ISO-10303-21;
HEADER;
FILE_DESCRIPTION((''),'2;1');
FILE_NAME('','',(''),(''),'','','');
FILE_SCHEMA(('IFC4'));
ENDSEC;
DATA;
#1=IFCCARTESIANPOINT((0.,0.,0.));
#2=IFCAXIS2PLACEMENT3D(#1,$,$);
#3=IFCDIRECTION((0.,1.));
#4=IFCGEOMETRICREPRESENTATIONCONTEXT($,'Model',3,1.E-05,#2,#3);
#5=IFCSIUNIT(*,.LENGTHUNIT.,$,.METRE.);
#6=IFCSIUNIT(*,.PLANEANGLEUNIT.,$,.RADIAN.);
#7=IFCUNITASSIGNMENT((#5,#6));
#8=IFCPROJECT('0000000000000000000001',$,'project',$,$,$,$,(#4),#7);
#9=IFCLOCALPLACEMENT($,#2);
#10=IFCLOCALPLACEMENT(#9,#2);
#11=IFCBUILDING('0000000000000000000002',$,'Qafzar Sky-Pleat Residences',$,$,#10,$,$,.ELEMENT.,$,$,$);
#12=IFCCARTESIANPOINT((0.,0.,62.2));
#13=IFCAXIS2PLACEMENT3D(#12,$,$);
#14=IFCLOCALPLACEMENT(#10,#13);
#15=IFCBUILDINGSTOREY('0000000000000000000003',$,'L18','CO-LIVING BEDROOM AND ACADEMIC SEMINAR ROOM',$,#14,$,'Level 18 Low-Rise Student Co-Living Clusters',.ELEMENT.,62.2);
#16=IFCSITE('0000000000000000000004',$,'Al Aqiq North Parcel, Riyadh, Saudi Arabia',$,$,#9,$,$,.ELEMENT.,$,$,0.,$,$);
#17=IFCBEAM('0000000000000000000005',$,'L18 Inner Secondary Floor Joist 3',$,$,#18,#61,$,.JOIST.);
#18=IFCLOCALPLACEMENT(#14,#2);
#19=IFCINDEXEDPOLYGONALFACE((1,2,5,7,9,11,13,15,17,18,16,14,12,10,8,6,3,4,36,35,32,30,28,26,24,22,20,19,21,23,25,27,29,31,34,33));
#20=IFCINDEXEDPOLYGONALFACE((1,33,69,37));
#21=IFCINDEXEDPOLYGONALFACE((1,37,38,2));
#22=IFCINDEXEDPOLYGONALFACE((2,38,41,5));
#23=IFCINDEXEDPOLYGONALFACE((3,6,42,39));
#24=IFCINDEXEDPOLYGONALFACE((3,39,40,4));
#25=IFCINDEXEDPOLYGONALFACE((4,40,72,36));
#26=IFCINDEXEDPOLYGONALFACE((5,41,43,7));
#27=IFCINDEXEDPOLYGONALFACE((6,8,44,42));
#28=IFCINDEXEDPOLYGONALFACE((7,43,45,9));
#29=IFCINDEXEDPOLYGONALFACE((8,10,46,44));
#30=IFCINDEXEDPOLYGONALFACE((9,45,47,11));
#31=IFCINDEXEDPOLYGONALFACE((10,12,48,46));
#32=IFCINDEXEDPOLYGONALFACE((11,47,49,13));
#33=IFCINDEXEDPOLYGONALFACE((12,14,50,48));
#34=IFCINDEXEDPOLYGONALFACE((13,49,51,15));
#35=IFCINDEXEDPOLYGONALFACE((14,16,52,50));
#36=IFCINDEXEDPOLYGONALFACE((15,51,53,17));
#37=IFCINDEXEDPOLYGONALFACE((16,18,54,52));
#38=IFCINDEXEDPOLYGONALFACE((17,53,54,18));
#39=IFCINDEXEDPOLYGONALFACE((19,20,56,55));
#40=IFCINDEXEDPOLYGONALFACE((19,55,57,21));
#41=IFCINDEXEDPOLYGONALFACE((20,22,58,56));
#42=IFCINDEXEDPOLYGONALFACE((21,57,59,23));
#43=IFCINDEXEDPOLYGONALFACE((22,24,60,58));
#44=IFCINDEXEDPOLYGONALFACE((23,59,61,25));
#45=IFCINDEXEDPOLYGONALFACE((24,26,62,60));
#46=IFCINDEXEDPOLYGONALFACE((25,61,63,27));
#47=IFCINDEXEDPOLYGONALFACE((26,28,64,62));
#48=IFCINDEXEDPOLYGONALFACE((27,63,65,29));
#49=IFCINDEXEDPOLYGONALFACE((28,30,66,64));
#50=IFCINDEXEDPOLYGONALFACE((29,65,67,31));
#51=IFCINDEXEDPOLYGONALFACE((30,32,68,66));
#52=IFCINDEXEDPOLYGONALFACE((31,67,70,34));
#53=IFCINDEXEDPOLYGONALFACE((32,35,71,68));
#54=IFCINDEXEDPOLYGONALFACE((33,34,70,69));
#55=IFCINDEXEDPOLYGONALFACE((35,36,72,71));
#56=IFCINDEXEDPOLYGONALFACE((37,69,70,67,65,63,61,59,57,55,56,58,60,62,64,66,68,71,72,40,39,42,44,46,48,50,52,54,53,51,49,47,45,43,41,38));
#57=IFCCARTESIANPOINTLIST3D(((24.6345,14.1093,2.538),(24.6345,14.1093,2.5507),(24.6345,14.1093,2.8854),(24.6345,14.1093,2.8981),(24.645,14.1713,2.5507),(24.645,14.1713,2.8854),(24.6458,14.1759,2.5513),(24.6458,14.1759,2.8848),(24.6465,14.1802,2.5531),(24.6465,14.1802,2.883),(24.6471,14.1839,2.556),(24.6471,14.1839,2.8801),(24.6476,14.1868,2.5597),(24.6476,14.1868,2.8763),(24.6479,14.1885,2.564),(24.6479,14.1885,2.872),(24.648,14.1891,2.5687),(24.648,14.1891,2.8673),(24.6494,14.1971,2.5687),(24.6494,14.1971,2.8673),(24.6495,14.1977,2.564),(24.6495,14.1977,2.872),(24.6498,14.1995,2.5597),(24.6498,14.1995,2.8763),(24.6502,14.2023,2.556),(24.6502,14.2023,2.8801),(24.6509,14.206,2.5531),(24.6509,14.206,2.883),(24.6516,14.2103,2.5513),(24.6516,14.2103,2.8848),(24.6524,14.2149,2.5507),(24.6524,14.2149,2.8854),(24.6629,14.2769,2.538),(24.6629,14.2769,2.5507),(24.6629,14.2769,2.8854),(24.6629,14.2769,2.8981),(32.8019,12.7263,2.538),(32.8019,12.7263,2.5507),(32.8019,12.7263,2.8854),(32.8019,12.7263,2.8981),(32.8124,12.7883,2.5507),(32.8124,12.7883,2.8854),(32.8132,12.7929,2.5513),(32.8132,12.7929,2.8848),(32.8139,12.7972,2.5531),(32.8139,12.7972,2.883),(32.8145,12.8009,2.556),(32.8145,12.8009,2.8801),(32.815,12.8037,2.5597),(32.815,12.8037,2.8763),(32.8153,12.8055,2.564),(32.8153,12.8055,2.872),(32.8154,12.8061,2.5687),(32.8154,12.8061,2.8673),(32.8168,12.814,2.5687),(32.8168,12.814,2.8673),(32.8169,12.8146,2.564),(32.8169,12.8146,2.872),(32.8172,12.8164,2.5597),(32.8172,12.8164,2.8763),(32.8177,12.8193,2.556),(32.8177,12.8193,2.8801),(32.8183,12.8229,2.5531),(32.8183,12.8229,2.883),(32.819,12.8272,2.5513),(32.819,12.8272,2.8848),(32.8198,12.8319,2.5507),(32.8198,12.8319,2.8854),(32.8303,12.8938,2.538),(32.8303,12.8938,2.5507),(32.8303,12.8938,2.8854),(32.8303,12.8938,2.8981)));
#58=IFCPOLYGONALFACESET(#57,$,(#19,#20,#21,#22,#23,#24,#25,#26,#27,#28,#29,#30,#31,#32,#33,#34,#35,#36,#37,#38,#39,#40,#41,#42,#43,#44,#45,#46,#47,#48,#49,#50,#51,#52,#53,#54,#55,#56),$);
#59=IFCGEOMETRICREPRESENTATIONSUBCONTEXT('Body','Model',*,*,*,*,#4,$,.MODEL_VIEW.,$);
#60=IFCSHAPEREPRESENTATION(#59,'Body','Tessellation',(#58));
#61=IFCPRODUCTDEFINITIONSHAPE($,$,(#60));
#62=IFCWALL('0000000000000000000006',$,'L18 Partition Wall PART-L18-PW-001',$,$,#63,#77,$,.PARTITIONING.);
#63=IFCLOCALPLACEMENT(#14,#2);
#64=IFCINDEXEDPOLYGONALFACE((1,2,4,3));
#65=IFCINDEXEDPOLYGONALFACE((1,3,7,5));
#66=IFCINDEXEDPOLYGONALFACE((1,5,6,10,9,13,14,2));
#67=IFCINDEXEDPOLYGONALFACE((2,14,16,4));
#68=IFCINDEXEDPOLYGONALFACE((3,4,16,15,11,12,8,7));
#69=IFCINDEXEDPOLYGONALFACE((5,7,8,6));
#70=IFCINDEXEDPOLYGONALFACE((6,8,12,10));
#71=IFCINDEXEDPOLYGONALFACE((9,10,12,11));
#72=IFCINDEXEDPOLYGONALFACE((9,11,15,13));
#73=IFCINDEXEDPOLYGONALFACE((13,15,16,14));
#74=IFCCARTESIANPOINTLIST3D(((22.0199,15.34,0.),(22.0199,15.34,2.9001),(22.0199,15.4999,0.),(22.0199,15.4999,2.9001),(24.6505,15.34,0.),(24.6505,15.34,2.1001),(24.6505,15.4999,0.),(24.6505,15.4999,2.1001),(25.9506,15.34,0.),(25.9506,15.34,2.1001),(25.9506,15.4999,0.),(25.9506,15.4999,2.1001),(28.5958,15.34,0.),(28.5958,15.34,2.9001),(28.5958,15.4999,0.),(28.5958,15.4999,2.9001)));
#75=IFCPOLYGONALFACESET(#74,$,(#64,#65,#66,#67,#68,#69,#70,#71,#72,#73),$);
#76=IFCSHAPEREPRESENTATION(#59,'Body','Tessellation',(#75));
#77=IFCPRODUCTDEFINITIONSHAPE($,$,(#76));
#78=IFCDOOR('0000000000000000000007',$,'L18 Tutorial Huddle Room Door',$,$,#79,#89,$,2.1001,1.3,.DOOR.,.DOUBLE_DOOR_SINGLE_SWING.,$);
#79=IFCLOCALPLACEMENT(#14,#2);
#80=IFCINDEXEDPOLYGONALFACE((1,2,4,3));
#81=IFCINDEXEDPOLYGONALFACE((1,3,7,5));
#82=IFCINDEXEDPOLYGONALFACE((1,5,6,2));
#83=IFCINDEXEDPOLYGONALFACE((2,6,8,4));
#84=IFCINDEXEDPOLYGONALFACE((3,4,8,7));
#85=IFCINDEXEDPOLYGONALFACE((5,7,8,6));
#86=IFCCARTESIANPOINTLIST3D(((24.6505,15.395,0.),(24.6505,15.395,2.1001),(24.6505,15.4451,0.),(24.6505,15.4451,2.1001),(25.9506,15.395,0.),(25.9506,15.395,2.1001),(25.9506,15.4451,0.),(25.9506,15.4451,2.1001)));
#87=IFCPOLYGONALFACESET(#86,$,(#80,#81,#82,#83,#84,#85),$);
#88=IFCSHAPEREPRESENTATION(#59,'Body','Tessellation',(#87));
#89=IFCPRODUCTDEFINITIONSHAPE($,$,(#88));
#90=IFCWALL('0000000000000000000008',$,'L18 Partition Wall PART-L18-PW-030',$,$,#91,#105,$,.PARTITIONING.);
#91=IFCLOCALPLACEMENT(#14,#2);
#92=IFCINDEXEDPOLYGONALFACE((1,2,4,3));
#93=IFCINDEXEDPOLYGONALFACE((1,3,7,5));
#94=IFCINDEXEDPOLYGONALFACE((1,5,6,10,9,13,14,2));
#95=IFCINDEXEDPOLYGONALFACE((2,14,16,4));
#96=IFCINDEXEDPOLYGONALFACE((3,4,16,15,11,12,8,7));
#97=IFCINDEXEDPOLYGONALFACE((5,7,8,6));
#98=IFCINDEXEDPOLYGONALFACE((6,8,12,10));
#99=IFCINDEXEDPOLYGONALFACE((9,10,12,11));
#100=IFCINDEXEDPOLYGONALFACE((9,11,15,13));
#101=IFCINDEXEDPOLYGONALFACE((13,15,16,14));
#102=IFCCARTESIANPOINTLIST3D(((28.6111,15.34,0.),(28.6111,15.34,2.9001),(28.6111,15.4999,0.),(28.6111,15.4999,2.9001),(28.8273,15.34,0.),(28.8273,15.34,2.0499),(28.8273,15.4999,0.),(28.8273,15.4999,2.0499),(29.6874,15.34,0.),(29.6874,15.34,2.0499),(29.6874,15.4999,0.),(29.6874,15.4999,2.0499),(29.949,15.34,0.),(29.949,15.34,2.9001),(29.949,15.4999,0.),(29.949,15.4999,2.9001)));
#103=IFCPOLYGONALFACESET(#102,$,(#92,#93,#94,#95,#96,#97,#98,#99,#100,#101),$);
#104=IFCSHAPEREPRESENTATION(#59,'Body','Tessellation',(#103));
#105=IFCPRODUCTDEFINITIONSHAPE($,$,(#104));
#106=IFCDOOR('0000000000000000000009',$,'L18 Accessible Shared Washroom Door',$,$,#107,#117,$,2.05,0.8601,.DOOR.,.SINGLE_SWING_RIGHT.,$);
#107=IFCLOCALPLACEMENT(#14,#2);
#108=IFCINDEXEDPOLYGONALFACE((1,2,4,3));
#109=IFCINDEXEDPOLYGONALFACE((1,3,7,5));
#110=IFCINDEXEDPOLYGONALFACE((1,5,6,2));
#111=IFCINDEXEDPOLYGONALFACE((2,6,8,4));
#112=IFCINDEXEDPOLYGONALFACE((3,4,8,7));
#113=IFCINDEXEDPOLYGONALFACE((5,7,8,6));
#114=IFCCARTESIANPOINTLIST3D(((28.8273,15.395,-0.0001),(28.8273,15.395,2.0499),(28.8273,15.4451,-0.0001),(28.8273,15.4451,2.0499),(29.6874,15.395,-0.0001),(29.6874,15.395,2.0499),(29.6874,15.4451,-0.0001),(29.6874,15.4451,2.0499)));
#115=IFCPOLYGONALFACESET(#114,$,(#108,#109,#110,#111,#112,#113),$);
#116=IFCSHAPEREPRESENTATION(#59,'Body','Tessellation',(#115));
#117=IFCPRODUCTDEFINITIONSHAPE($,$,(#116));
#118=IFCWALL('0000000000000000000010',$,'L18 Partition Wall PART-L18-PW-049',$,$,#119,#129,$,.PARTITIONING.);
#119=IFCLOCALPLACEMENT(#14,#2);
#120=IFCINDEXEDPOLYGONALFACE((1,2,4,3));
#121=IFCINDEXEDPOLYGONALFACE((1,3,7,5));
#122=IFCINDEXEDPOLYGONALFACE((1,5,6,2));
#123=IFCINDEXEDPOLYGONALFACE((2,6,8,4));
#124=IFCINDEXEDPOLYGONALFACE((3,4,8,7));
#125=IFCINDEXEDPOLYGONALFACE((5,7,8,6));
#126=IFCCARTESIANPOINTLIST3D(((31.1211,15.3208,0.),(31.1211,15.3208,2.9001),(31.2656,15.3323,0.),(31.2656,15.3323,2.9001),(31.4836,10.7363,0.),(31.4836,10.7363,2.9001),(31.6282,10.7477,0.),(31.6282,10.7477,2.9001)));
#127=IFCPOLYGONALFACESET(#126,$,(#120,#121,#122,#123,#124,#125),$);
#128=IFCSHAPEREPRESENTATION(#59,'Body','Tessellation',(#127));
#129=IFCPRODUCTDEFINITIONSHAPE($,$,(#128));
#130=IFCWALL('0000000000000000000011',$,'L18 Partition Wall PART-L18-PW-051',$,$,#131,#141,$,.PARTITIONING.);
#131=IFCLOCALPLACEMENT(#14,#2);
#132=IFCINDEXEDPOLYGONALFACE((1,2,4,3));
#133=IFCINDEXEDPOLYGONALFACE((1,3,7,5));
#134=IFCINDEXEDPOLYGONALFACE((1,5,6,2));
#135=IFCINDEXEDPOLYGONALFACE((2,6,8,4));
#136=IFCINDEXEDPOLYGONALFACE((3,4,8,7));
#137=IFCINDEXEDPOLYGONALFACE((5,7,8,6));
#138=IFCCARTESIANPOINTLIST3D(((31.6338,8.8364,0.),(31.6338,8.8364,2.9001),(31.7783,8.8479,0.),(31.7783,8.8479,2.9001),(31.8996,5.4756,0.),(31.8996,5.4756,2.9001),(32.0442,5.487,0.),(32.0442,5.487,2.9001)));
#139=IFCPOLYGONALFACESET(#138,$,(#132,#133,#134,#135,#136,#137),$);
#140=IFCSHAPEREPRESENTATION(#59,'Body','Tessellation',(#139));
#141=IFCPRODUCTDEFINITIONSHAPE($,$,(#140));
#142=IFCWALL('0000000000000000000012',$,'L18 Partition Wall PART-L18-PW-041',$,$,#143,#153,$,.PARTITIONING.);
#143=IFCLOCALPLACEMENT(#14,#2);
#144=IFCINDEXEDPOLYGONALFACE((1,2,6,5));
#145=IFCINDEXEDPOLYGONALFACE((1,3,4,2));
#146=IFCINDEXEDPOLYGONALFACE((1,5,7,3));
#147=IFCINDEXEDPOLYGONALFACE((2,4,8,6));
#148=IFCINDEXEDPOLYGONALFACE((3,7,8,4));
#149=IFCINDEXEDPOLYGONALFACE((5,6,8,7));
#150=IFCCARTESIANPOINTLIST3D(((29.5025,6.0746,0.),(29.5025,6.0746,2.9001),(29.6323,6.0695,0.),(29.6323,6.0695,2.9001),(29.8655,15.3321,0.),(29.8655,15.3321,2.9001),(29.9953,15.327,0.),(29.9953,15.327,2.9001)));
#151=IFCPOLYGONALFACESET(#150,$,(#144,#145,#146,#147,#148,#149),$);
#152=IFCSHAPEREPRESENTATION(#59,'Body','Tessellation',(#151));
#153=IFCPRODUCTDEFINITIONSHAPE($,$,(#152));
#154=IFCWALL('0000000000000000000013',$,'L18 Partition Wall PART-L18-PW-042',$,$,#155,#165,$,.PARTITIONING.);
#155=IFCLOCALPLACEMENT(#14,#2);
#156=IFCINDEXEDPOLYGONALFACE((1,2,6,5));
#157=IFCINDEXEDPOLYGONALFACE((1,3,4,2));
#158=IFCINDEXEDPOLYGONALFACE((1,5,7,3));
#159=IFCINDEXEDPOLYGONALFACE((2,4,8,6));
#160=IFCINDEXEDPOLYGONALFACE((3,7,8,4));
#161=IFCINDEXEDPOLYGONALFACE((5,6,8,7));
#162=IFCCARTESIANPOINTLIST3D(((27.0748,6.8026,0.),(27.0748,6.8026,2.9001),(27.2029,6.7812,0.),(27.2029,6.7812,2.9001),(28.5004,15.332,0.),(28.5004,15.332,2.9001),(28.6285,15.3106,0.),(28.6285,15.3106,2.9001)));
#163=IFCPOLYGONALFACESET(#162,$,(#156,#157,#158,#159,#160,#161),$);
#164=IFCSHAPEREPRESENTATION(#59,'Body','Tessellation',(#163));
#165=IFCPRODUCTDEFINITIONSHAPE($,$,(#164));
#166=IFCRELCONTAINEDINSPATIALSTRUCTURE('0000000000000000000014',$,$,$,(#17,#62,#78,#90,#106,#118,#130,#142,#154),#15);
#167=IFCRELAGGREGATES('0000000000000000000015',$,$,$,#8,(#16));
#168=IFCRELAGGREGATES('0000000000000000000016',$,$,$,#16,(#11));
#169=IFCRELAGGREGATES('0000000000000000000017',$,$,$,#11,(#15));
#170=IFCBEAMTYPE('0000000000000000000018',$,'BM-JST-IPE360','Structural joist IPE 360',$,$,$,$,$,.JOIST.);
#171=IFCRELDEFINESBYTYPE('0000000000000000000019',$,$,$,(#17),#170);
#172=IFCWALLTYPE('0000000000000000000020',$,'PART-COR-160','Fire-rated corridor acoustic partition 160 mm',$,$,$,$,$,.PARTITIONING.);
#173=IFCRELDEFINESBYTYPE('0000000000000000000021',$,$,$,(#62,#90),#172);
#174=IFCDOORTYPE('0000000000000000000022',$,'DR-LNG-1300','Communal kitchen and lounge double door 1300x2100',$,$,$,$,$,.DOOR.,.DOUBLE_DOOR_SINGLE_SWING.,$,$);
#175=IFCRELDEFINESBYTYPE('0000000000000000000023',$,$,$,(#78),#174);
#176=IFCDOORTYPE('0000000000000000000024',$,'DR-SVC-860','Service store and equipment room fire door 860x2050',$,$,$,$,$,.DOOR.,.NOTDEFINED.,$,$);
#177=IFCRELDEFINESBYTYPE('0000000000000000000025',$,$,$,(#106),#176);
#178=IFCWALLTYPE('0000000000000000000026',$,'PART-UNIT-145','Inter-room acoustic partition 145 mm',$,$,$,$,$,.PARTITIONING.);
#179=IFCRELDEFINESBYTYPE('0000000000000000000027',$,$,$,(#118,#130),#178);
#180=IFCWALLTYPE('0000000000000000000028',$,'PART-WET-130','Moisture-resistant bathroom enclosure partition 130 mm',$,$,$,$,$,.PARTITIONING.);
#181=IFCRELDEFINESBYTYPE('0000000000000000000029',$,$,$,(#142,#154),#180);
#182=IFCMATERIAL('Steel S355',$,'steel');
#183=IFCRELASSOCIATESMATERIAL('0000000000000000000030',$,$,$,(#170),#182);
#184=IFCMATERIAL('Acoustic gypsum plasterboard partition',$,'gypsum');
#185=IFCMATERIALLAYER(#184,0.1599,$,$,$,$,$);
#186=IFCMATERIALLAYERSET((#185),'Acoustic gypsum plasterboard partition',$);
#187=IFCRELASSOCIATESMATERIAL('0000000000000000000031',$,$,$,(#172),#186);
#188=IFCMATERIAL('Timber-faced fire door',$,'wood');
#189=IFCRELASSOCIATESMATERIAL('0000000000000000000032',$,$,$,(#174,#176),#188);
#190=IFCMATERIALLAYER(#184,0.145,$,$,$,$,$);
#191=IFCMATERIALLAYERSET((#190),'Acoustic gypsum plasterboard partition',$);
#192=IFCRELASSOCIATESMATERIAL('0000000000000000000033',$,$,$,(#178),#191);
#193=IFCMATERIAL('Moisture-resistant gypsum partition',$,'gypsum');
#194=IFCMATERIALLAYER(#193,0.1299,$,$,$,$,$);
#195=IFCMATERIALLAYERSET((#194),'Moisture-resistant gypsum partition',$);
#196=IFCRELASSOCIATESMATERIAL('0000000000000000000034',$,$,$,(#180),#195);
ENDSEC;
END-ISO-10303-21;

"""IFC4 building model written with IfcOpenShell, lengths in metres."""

from ifc_helpers import new_model, si_unit, direction, frame, frame_2d, origin, origin_2d, place, context, subcontext, project, spatial, rectangle, i_section, extrude, source, transform, mapped, material, layer, layer_set, material_profile, profile_set, type_object, element, fill, save


model = new_model("IFC4")

# Units and contexts
model_context = context("Model", 3, precision=1e-05, world=origin(), true_north=direction((0.0, 1.0)))
body_context = subcontext(model_context, "Body", "Model", "MODEL_VIEW")
ifc_project = project(units=[si_unit("LENGTHUNIT", "METRE"), si_unit("PLANEANGLEUNIT", "RADIAN")], contexts=[model_context])

# Site, building, storey
site_placement = place(None, origin())
site = spatial("IfcSite", under=ifc_project, at=site_placement, Name="Al Aqiq North Parcel, Riyadh, Saudi Arabia", CompositionType="ELEMENT", RefElevation=0.0)
building_placement = place(site_placement, origin())
building = spatial("IfcBuilding", under=site, at=building_placement, Name="Qafzar Sky-Pleat Residences", CompositionType="ELEMENT")
storey_placement = place(building_placement, frame((0.0, 0.0, 62.2)))
storey = spatial("IfcBuildingStorey", under=building, at=storey_placement, Name="L18", Description="CO-LIVING BEDROOM AND ACADEMIC SEMINAR ROOM", LongName="Level 18 Low-Rise Student Co-Living Clusters", CompositionType="ELEMENT", Elevation=62.2)

# Beam
ifc_material_1 = material(Name="Steel S355", Category="steel")
ifc_material_profile_1 = material_profile(ifc_material_1, i_section(OverallWidth=0.1699, OverallDepth=0.3601, WebThickness=0.0081, FlangeThickness=0.0127, FilletRadius=0.0181, at=origin_2d()), Name="IPE 360")
ifc_profile_set_1 = profile_set([ifc_material_profile_1], Name="Steel S355")
beam_type_1 = type_object("IfcBeamType", Name="BM-JST-IPE360", Description="Structural joist IPE 360", PredefinedType="JOIST", material=ifc_profile_set_1)
shared_shape_1 = source(origin(), body_context, "Body", "SweptSolid", [
    extrude(i_section(OverallWidth=0.1699, OverallDepth=0.3601, WebThickness=0.0081, FlangeThickness=0.0127, FilletRadius=0.0181, at=origin_2d()), origin(), (0.0, 0.0, 1.0), 8.2837),
])
beam_1_placement = place(storey_placement, frame((24.6487, 14.1931, 2.718), z_axis=(0.985964, -0.16696, 0.0), x_axis=(0.16696, 0.985964, 0.0)))
element("IfcBeam", 1, at=beam_1_placement, inside=storey, type_object=beam_type_1, Name="L18 Inner Secondary Floor Joist 3", PredefinedType="JOIST", context=body_context, shape_type="MappedRepresentation", body=[
    mapped(shared_shape_1, transform((0.0, 0.0, 0.0), x_axis=(1.0, 0.0, 0.0), y_axis=(0.0, 1.0, 0.0), z_axis=(0.0, 0.0, 1.0), scale=1.0)),
])

# Walls, openings, doors
ifc_material_2 = material(Name="Acoustic gypsum plasterboard partition", Category="gypsum")
ifc_layer_1 = layer(ifc_material_2, 0.1599)
ifc_layer_set_1 = layer_set([ifc_layer_1], Name="Acoustic gypsum plasterboard partition")
wall_type_1 = type_object("IfcWallType", Name="PART-COR-160", Description="Fire-rated corridor acoustic partition 160 mm", PredefinedType="PARTITIONING", material=ifc_layer_set_1)
wall_1_placement = place(storey_placement, frame((28.5959, 15.4199, 0.0), z_axis=(0.0, 0.0, 1.0), x_axis=(-1.0, 0.0, 0.0)))
wall_1 = element("IfcWall", 2, at=wall_1_placement, inside=storey, type_object=wall_type_1, Name="L18 Partition Wall PART-L18-PW-001", PredefinedType="PARTITIONING", context=body_context, shape_type="SweptSolid", body=[
    extrude(rectangle(XDim=6.5759, YDim=0.1599, at=frame_2d((3.2881, 0.0))), origin(), (0.0, 0.0, 1.0), 2.9001),
])
opening_1_placement = place(wall_1_placement, frame((2.6455, 0.0, 0.0)))
opening_1 = element("IfcOpeningElement", 3, at=opening_1_placement, cuts=wall_1, PredefinedType="OPENING", context=body_context, shape_type="SweptSolid", body=[
    extrude(rectangle(XDim=1.3, YDim=2.1001, at=frame_2d((0.6499, 1.05))), frame((0.0, 0.0898, 0.0), z_axis=(0.0, -1.0, 0.0), x_axis=(1.0, 0.0, 0.0)), (0.0, 0.0, 1.0), 0.1799),
])
ifc_material_3 = material(Name="Timber-faced fire door", Category="wood")
door_type_1 = type_object("IfcDoorType", Name="DR-LNG-1300", Description="Communal kitchen and lounge double door 1300x2100", OperationType="DOUBLE_DOOR_SINGLE_SWING", PredefinedType="DOOR", material=ifc_material_3)
shared_shape_2 = source(origin(), body_context, "Body", "SweptSolid", [
    extrude(rectangle(XDim=1.3, YDim=2.1001, at=frame_2d((0.6499, 1.05))), frame((0.0, 0.0249, 0.0), z_axis=(0.0, -1.0, 0.0), x_axis=(1.0, 0.0, 0.0)), (0.0, 0.0, 1.0), 0.05),
])
door_1_placement = place(opening_1_placement, origin())
door_1 = element("IfcDoor", 4, at=door_1_placement, inside=storey, type_object=door_type_1, Name="L18 Tutorial Huddle Room Door", OperationType="DOUBLE_DOOR_SINGLE_SWING", OverallHeight=2.1001, OverallWidth=1.3, PredefinedType="DOOR", context=body_context, shape_type="MappedRepresentation", body=[
    mapped(shared_shape_2, transform((0.0, 0.0, 0.0), x_axis=(1.0, 0.0, 0.0), y_axis=(0.0, 1.0, 0.0), z_axis=(0.0, 0.0, 1.0), scale=1.0)),
])
fill(opening_1, door_1)
wall_2_placement = place(storey_placement, frame((29.949, 15.4199, 0.0), z_axis=(0.0, 0.0, 1.0), x_axis=(-1.0, 0.0, 0.0)))
wall_2 = element("IfcWall", 5, at=wall_2_placement, inside=storey, type_object=wall_type_1, Name="L18 Partition Wall PART-L18-PW-030", PredefinedType="PARTITIONING", context=body_context, shape_type="SweptSolid", body=[
    extrude(rectangle(XDim=1.3379, YDim=0.1599, at=frame_2d((0.6689, 0.0))), origin(), (0.0, 0.0, 1.0), 2.9001),
])
opening_2_placement = place(wall_2_placement, frame((0.2615, 0.0, 0.0)))
opening_2 = element("IfcOpeningElement", 6, at=opening_2_placement, cuts=wall_2, PredefinedType="OPENING", context=body_context, shape_type="SweptSolid", body=[
    extrude(rectangle(XDim=0.8601, YDim=2.05, at=frame_2d((0.4302, 1.0249))), frame((0.0, 0.0898, 0.0), z_axis=(0.0, -1.0, 0.0), x_axis=(1.0, 0.0, 0.0)), (0.0, 0.0, 1.0), 0.1799),
])
door_type_2 = type_object("IfcDoorType", Name="DR-SVC-860", Description="Service store and equipment room fire door 860x2050", OperationType="NOTDEFINED", PredefinedType="DOOR", material=ifc_material_3)
shared_shape_3 = source(origin(), body_context, "Body", "SweptSolid", [
    extrude(rectangle(XDim=0.8601, YDim=2.05, at=frame_2d((0.4302, 1.0249))), frame((0.0, 0.0249, 0.0), z_axis=(0.0, -1.0, 0.0), x_axis=(1.0, 0.0, 0.0)), (0.0, 0.0, 1.0), 0.05),
])
door_2_placement = place(opening_2_placement, origin())
door_2 = element("IfcDoor", 7, at=door_2_placement, inside=storey, type_object=door_type_2, Name="L18 Accessible Shared Washroom Door", OperationType="SINGLE_SWING_RIGHT", OverallHeight=2.05, OverallWidth=0.8601, PredefinedType="DOOR", context=body_context, shape_type="MappedRepresentation", body=[
    mapped(shared_shape_3, transform((0.0, 0.0, 0.0), x_axis=(1.0, 0.0, 0.0), y_axis=(0.0, 1.0, 0.0), z_axis=(0.0, 0.0, 1.0), scale=1.0)),
])
fill(opening_2, door_2)

# Walls
ifc_layer_2 = layer(ifc_material_2, 0.145)
ifc_layer_set_2 = layer_set([ifc_layer_2], Name="Acoustic gypsum plasterboard partition")
wall_type_2 = type_object("IfcWallType", Name="PART-UNIT-145", Description="Inter-room acoustic partition 145 mm", PredefinedType="PARTITIONING", material=ifc_layer_set_2)
wall_3_placement = place(storey_placement, frame((31.1934, 15.3264, 0.0), z_axis=(0.0, 0.0, 1.0), x_axis=(0.078836, -0.996888, 0.0)))
element("IfcWall", 8, at=wall_3_placement, inside=storey, type_object=wall_type_2, Name="L18 Partition Wall PART-L18-PW-049", PredefinedType="PARTITIONING", context=body_context, shape_type="SweptSolid", body=[
    extrude(rectangle(XDim=4.5989, YDim=0.145, at=frame_2d((2.2993, 0.0))), origin(), (0.0, 0.0, 1.0), 2.9001),
])
wall_4_placement = place(storey_placement, frame((31.7061, 8.842, 0.0), z_axis=(0.0, 0.0, 1.0), x_axis=(0.078862, -0.996886, 0.0)))
element("IfcWall", 9, at=wall_4_placement, inside=storey, type_object=wall_type_2, Name="L18 Partition Wall PART-L18-PW-051", PredefinedType="PARTITIONING", context=body_context, shape_type="SweptSolid", body=[
    extrude(rectangle(XDim=3.3713, YDim=0.145, at=frame_2d((1.6855, 0.0))), origin(), (0.0, 0.0, 1.0), 2.9001),
])
ifc_material_4 = material(Name="Moisture-resistant gypsum partition", Category="gypsum")
ifc_layer_3 = layer(ifc_material_4, 0.1299)
ifc_layer_set_3 = layer_set([ifc_layer_3], Name="Moisture-resistant gypsum partition")
wall_type_3 = type_object("IfcWallType", Name="PART-WET-130", Description="Moisture-resistant bathroom enclosure partition 130 mm", PredefinedType="PARTITIONING", material=ifc_layer_set_3)
wall_5_placement = place(storey_placement, frame((29.5674, 6.072, 0.0), z_axis=(0.0, 0.0, 1.0), x_axis=(0.039185, 0.999232, 0.0)))
element("IfcWall", 10, at=wall_5_placement, inside=storey, type_object=wall_type_3, Name="L18 Partition Wall PART-L18-PW-041", PredefinedType="PARTITIONING", context=body_context, shape_type="SweptSolid", body=[
    extrude(rectangle(XDim=9.2646, YDim=0.1299, at=frame_2d((4.6323, 0.0))), origin(), (0.0, 0.0, 1.0), 2.9001),
])
wall_6_placement = place(storey_placement, frame((27.1389, 6.792, 0.0), z_axis=(0.0, 0.0, 1.0), x_axis=(0.164848, 0.986319, 0.0)))
element("IfcWall", 11, at=wall_6_placement, inside=storey, type_object=wall_type_3, Name="L18 Partition Wall PART-L18-PW-042", PredefinedType="PARTITIONING", context=body_context, shape_type="SweptSolid", body=[
    extrude(rectangle(XDim=8.6477, YDim=0.1299, at=frame_2d((4.3237, 0.0))), origin(), (0.0, 0.0, 1.0), 2.9001),
])

save(model, "model.ifc")
